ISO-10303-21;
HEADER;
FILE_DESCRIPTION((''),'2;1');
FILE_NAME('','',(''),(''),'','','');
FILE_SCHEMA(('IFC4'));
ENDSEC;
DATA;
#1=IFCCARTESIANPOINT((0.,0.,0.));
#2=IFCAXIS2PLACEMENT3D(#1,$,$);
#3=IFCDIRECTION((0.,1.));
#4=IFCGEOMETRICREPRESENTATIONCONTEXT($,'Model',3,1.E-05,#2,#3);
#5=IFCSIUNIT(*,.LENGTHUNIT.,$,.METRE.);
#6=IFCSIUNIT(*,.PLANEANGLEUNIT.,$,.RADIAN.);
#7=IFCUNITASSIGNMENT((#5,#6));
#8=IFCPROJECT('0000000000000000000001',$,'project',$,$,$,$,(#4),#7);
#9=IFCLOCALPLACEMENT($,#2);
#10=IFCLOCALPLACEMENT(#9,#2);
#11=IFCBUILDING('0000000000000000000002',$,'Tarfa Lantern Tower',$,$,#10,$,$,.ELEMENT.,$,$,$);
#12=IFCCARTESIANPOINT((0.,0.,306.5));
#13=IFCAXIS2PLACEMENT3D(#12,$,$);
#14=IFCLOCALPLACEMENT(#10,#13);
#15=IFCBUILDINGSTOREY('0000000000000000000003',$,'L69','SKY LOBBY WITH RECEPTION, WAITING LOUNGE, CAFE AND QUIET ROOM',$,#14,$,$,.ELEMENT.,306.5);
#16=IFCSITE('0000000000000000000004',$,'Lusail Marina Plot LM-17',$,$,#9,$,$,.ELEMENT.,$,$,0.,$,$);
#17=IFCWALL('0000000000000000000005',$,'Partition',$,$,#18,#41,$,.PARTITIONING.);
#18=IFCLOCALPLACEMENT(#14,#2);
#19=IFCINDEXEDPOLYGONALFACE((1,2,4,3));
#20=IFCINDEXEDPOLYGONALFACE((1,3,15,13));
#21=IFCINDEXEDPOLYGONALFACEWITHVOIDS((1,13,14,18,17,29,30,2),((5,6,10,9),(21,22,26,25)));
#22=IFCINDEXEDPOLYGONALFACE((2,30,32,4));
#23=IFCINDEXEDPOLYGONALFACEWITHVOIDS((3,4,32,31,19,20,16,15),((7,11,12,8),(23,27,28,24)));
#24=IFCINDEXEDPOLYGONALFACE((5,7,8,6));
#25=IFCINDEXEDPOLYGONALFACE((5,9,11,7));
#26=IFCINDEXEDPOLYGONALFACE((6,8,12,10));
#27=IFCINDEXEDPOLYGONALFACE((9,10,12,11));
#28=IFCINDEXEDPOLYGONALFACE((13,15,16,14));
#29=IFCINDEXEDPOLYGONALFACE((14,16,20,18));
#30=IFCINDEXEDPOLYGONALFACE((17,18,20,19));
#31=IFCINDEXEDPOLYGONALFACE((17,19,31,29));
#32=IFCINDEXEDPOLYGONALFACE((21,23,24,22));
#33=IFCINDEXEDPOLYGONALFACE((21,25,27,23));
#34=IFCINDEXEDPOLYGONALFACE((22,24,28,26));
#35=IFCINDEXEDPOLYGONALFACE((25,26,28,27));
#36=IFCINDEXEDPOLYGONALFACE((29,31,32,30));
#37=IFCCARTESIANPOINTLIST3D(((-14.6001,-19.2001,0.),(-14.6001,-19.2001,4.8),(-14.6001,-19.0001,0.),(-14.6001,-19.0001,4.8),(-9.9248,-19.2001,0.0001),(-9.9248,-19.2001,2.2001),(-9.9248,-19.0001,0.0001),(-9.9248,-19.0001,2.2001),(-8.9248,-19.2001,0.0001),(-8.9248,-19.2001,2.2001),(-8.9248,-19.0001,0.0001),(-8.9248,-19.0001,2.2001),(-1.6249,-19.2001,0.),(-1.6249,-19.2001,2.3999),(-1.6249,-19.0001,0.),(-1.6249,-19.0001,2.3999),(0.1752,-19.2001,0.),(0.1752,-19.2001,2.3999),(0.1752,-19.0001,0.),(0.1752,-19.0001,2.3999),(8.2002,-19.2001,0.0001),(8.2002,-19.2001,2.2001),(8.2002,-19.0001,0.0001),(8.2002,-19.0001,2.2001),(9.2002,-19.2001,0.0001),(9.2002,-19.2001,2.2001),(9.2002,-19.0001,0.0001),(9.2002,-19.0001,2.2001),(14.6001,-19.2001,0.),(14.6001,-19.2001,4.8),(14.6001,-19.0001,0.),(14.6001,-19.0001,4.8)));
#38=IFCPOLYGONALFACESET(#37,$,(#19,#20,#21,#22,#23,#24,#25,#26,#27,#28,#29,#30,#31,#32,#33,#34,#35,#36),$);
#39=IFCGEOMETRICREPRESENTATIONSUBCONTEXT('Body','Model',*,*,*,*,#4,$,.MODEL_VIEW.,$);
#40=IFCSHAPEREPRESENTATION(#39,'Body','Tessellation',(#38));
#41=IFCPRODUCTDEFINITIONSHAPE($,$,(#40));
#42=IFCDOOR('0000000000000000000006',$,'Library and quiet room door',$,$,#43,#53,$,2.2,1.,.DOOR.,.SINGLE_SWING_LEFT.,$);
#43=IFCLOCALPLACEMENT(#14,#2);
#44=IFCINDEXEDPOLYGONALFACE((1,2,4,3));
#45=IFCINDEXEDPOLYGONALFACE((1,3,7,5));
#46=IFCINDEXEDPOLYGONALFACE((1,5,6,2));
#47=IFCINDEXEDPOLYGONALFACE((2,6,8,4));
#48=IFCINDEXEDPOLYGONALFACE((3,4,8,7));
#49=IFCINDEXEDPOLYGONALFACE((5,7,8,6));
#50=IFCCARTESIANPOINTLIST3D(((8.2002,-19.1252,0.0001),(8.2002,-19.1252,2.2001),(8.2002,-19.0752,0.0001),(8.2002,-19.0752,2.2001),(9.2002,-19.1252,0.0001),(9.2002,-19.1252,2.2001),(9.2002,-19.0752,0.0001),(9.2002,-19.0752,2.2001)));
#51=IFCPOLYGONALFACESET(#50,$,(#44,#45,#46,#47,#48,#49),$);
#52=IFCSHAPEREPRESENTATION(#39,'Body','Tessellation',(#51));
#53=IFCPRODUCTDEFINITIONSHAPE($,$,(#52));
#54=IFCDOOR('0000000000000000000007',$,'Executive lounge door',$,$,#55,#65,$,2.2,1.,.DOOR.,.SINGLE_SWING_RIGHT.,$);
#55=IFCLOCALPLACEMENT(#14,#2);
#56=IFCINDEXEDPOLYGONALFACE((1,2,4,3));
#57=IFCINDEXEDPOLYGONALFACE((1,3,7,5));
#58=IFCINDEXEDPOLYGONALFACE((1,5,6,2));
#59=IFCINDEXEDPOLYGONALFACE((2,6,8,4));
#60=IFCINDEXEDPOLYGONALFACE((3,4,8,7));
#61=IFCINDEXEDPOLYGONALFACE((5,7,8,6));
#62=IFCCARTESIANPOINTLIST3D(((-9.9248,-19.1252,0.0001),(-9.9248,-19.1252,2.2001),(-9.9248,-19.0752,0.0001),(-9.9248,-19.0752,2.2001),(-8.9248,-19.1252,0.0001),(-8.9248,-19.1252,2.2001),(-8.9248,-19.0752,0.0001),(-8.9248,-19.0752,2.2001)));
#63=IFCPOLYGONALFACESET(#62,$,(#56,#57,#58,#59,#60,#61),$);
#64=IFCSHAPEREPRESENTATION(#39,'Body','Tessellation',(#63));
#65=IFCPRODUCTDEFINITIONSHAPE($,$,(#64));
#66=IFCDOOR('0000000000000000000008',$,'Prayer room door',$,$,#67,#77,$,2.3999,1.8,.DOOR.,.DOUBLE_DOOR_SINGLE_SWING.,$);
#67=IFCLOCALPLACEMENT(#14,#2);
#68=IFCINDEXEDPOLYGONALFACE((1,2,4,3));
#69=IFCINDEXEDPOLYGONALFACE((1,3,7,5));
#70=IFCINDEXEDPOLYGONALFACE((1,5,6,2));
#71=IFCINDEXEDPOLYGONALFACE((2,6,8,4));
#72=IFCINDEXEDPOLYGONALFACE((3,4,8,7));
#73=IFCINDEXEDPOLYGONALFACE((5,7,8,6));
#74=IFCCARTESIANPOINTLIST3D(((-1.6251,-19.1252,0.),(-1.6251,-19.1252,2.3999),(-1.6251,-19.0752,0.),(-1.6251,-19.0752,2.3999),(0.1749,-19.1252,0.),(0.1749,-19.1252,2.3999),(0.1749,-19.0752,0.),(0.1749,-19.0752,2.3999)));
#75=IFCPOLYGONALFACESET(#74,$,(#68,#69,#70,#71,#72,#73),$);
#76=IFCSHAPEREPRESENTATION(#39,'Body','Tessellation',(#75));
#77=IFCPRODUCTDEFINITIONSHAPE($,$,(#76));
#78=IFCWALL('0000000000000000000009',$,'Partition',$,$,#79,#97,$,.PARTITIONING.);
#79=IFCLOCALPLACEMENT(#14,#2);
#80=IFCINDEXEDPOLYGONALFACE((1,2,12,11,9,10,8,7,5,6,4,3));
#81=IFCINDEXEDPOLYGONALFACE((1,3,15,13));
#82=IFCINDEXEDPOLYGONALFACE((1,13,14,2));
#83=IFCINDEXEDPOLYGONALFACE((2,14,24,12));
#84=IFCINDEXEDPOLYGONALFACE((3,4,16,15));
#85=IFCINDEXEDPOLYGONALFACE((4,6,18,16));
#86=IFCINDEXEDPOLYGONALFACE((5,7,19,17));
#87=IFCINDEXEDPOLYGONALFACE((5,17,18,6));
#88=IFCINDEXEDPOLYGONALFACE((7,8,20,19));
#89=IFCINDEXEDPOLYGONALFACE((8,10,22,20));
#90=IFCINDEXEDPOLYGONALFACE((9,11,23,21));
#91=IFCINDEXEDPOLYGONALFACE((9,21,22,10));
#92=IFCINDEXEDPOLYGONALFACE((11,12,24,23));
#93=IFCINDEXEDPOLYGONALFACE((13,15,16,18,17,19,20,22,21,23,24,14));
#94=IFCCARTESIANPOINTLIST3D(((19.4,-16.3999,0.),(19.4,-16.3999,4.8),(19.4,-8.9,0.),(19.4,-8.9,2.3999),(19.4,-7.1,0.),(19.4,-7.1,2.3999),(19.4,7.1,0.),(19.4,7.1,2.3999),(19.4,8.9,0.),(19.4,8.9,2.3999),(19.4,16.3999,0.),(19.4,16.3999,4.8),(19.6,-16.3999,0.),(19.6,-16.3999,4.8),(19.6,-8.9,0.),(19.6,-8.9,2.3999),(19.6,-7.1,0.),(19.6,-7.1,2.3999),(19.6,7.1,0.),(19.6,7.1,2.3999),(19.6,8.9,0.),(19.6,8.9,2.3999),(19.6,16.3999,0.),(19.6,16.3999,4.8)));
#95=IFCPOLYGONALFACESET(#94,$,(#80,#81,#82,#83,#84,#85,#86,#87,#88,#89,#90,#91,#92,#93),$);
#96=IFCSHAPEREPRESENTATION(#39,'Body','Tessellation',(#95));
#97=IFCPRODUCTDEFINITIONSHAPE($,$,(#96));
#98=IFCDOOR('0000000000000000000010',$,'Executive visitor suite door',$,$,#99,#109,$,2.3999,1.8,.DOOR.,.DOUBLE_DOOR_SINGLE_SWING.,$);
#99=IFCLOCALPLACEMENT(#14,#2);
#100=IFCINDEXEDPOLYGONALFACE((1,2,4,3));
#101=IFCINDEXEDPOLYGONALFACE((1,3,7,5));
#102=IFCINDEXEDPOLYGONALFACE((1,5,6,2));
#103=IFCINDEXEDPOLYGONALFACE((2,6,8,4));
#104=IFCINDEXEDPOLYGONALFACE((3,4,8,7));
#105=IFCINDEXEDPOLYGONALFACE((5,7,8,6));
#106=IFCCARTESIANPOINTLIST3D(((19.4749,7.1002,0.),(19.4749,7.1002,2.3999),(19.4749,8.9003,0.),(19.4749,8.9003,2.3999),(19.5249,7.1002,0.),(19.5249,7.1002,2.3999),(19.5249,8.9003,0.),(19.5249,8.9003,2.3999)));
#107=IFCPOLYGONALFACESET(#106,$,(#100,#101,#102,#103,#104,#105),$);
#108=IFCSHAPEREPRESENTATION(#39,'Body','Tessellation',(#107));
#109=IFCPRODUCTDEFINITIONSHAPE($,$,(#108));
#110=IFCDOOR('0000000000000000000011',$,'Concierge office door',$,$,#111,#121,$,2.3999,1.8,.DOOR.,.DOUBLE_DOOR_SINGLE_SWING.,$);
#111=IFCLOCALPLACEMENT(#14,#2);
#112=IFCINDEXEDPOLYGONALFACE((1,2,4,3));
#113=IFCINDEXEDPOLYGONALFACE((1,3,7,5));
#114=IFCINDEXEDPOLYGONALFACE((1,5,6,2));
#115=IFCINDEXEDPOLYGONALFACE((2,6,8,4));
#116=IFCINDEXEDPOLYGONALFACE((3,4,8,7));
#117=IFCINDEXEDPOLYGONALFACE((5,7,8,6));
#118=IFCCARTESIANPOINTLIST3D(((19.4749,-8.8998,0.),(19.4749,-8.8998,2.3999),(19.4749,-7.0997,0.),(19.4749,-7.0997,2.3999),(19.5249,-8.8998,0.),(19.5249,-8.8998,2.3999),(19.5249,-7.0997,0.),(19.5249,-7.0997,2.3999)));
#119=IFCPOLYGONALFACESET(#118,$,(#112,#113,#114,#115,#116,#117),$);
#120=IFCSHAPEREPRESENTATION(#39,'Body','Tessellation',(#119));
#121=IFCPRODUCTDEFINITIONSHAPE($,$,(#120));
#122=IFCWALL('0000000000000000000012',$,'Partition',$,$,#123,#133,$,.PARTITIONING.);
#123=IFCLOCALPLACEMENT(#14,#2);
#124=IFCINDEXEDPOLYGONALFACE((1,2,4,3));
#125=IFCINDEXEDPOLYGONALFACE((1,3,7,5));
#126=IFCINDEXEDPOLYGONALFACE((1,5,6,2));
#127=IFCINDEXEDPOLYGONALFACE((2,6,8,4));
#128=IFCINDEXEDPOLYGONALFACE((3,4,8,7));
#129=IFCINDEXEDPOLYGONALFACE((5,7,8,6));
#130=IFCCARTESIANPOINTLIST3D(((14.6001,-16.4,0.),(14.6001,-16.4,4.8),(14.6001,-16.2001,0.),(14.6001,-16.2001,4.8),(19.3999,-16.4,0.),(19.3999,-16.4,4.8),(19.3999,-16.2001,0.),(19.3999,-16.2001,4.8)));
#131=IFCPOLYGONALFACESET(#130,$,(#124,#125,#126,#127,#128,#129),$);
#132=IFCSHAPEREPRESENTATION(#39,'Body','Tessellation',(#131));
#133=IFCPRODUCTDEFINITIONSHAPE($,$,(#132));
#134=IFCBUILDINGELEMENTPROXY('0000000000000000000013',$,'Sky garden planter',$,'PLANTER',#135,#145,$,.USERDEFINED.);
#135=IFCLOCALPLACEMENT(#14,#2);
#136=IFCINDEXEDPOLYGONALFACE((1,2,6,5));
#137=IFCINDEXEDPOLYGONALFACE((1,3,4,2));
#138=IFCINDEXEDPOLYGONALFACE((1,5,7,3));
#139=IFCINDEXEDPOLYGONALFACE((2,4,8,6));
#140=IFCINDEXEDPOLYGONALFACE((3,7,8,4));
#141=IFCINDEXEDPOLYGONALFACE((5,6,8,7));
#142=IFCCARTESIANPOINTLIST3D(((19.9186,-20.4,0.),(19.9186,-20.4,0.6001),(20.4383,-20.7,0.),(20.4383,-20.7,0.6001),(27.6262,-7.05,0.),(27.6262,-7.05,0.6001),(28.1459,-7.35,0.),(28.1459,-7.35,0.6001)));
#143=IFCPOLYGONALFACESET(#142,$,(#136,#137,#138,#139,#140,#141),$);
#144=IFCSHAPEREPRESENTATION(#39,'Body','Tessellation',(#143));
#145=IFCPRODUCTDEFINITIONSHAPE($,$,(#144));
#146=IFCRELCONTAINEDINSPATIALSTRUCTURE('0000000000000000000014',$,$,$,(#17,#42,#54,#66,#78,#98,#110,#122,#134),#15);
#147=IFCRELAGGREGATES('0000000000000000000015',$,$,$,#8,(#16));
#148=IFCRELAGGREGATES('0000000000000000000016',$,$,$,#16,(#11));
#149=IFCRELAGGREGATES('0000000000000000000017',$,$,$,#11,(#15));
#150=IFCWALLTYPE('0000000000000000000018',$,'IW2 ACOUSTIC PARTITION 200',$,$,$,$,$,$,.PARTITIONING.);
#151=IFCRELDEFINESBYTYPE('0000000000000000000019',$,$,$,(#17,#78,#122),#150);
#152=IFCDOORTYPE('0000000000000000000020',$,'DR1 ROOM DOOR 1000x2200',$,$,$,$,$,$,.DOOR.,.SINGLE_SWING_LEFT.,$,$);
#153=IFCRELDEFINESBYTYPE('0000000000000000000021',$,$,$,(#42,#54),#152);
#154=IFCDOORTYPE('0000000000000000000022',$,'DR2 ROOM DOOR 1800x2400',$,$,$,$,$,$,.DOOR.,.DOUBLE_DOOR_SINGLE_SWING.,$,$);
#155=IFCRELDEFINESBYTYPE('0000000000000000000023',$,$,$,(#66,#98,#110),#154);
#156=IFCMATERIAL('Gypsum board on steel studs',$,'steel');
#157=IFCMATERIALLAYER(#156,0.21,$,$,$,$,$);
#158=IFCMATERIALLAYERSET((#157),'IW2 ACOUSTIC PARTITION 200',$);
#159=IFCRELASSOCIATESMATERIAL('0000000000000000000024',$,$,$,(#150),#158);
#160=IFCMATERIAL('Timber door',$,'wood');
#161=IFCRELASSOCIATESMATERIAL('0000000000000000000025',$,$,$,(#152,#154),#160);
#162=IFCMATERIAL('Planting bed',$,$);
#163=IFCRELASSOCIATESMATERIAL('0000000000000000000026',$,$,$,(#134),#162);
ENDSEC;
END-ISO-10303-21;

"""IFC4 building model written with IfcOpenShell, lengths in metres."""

from ifc_helpers import new_model, si_unit, direction, frame, frame_2d, origin, origin_2d, place, context, subcontext, project, spatial, rectangle, extrude, material, layer, layer_set, type_object, element, fill, save


model = new_model("IFC4")

# Units and contexts
model_context = context("Model", 3, precision=1e-05, world=origin(), true_north=direction((0.0, 1.0)))
body_context = subcontext(model_context, "Body", "Model", "MODEL_VIEW")
ifc_project = project(units=[si_unit("LENGTHUNIT", "METRE"), si_unit("PLANEANGLEUNIT", "RADIAN")], contexts=[model_context])

# Site, building, storey
site_placement = place(None, origin())
site = spatial("IfcSite", under=ifc_project, at=site_placement, Name="Lusail Marina Plot LM-17", CompositionType="ELEMENT", RefElevation=0.0)
building_placement = place(site_placement, origin())
building = spatial("IfcBuilding", under=site, at=building_placement, Name="Tarfa Lantern Tower", CompositionType="ELEMENT")
storey_placement = place(building_placement, frame((0.0, 0.0, 306.5)))
storey = spatial("IfcBuildingStorey", under=building, at=storey_placement, Name="L69", Description="SKY LOBBY WITH RECEPTION, WAITING LOUNGE, CAFE AND QUIET ROOM", CompositionType="ELEMENT", Elevation=306.5)

# Shared definitions
ifc_material_1 = material(Name="Gypsum board on steel studs", Category="steel")
ifc_layer = layer(ifc_material_1, 0.21)
ifc_layer_set = layer_set([ifc_layer], Name="IW2 ACOUSTIC PARTITION 200")
wall_type = type_object("IfcWallType", Name="IW2 ACOUSTIC PARTITION 200", PredefinedType="PARTITIONING", material=ifc_layer_set)
ifc_material_2 = material(Name="Timber door", Category="wood")
door_type_1 = type_object("IfcDoorType", Name="DR1 ROOM DOOR 1000x2200", OperationType="SINGLE_SWING_LEFT", PredefinedType="DOOR", material=ifc_material_2)
door_type_2 = type_object("IfcDoorType", Name="DR2 ROOM DOOR 1800x2400", OperationType="DOUBLE_DOOR_SINGLE_SWING", PredefinedType="DOOR", material=ifc_material_2)

# Walls, openings, doors
wall_1_placement = place(storey_placement, frame((14.6001, -19.1001, 0.0), z_axis=(0.0, 0.0, 1.0), x_axis=(-1.0, 0.0, 0.0)))
wall_1 = element("IfcWall", 1, at=wall_1_placement, inside=storey, type_object=wall_type, Name="Partition", PredefinedType="PARTITIONING", context=body_context, shape_type="SweptSolid", body=[
    extrude(rectangle(XDim=29.2002, YDim=0.2, at=frame_2d((14.6001, 0.0))), origin(), (0.0, 0.0, 1.0), 4.8),
])
opening_1_placement = place(wall_1_placement, frame((5.3999, 0.0, 0.0)))
opening_1 = element("IfcOpeningElement", 2, at=opening_1_placement, cuts=wall_1, PredefinedType="OPENING", context=body_context, shape_type="SweptSolid", body=[
    extrude(rectangle(XDim=1.0, YDim=2.2, at=frame_2d((0.5, 1.1001))), frame((0.0, 0.1099, 0.0), z_axis=(0.0, -1.0, 0.0), x_axis=(1.0, 0.0, 0.0)), (0.0, 0.0, 1.0), 0.22),
])
opening_2_placement = place(wall_1_placement, frame((14.425, 0.0, 0.0)))
opening_2 = element("IfcOpeningElement", 3, at=opening_2_placement, cuts=wall_1, PredefinedType="OPENING", context=body_context, shape_type="SweptSolid", body=[
    extrude(rectangle(XDim=1.8, YDim=2.3999, at=frame_2d((0.8999, 1.2))), frame((0.0, 0.1099, 0.0), z_axis=(0.0, -1.0, 0.0), x_axis=(1.0, 0.0, 0.0)), (0.0, 0.0, 1.0), 0.22),
])
opening_3_placement = place(wall_1_placement, frame((23.5249, 0.0, 0.0)))
opening_3 = element("IfcOpeningElement", 4, at=opening_3_placement, cuts=wall_1, PredefinedType="OPENING", context=body_context, shape_type="SweptSolid", body=[
    extrude(rectangle(XDim=1.0, YDim=2.2, at=frame_2d((0.5, 1.1001))), frame((0.0, 0.1099, 0.0), z_axis=(0.0, -1.0, 0.0), x_axis=(1.0, 0.0, 0.0)), (0.0, 0.0, 1.0), 0.22),
])
door_1_placement = place(opening_1_placement, frame((1.0, 0.0, 0.0), z_axis=(0.0, 0.0, 1.0), x_axis=(-1.0, 0.0, 0.0)))
door_1 = element("IfcDoor", 5, at=door_1_placement, inside=storey, type_object=door_type_1, Name="Library and quiet room door", OperationType="SINGLE_SWING_LEFT", OverallHeight=2.2, OverallWidth=1.0, PredefinedType="DOOR", context=body_context, shape_type="SweptSolid", body=[
    extrude(rectangle(XDim=1.0, YDim=2.2, at=frame_2d((0.5, 1.1001))), frame((0.0, 0.0249, 0.0), z_axis=(0.0, -1.0, 0.0), x_axis=(1.0, 0.0, 0.0)), (0.0, 0.0, 1.0), 0.05),
])
fill(opening_1, door_1)
door_2_placement = place(opening_3_placement, frame((1.0, 0.0, 0.0), z_axis=(0.0, 0.0, 1.0), x_axis=(-1.0, 0.0, 0.0)))
door_2 = element("IfcDoor", 6, at=door_2_placement, inside=storey, type_object=door_type_1, Name="Executive lounge door", OperationType="SINGLE_SWING_RIGHT", OverallHeight=2.2, OverallWidth=1.0, PredefinedType="DOOR", context=body_context, shape_type="SweptSolid", body=[
    extrude(rectangle(XDim=1.0, YDim=2.2, at=frame_2d((0.5, 1.1001))), frame((0.0, 0.0249, 0.0), z_axis=(0.0, -1.0, 0.0), x_axis=(1.0, 0.0, 0.0)), (0.0, 0.0, 1.0), 0.05),
])
fill(opening_3, door_2)
door_3_placement = place(opening_2_placement, frame((1.8, 0.0, 0.0), z_axis=(0.0, 0.0, 1.0), x_axis=(-1.0, 0.0, 0.0)))
door_3 = element("IfcDoor", 7, at=door_3_placement, inside=storey, type_object=door_type_2, Name="Prayer room door", OperationType="DOUBLE_DOOR_SINGLE_SWING", OverallHeight=2.3999, OverallWidth=1.8, PredefinedType="DOOR", context=body_context, shape_type="SweptSolid", body=[
    extrude(rectangle(XDim=1.8, YDim=2.3999, at=frame_2d((0.8999, 1.2))), frame((0.0, 0.0249, 0.0), z_axis=(0.0, -1.0, 0.0), x_axis=(1.0, 0.0, 0.0)), (0.0, 0.0, 1.0), 0.05),
])
fill(opening_2, door_3)
wall_2_placement = place(storey_placement, frame((19.5, -16.3999, 0.0), z_axis=(0.0, 0.0, 1.0), x_axis=(0.0, 1.0, 0.0)))
wall_2 = element("IfcWall", 8, at=wall_2_placement, inside=storey, type_object=wall_type, Name="Partition", PredefinedType="PARTITIONING", context=body_context, shape_type="SweptSolid", body=[
    extrude(rectangle(XDim=32.7998, YDim=0.2, at=frame_2d((16.3999, 0.0))), origin(), (0.0, 0.0, 1.0), 4.8),
])
opening_4_placement = place(wall_2_placement, frame((23.5, 0.0, 0.0)))
opening_4 = element("IfcOpeningElement", 9, at=opening_4_placement, cuts=wall_2, PredefinedType="OPENING", context=body_context, shape_type="SweptSolid", body=[
    extrude(rectangle(XDim=1.8, YDim=2.3999, at=frame_2d((0.8999, 1.2))), frame((0.0, 0.1099, 0.0), z_axis=(0.0, -1.0, 0.0), x_axis=(1.0, 0.0, 0.0)), (0.0, 0.0, 1.0), 0.22),
])
opening_5_placement = place(wall_2_placement, frame((7.5, 0.0, 0.0)))
opening_5 = element("IfcOpeningElement", 10, at=opening_5_placement, cuts=wall_2, PredefinedType="OPENING", context=body_context, shape_type="SweptSolid", body=[
    extrude(rectangle(XDim=1.8, YDim=2.3999, at=frame_2d((0.8999, 1.2))), frame((0.0, 0.1099, 0.0), z_axis=(0.0, -1.0, 0.0), x_axis=(1.0, 0.0, 0.0)), (0.0, 0.0, 1.0), 0.22),
])
door_4_placement = place(opening_4_placement, frame((1.8, 0.0, 0.0), z_axis=(0.0, 0.0, 1.0), x_axis=(-1.0, 0.0, 0.0)))
door_4 = element("IfcDoor", 11, at=door_4_placement, inside=storey, type_object=door_type_2, Name="Executive visitor suite door", OperationType="DOUBLE_DOOR_SINGLE_SWING", OverallHeight=2.3999, OverallWidth=1.8, PredefinedType="DOOR", context=body_context, shape_type="SweptSolid", body=[
    extrude(rectangle(XDim=1.8, YDim=2.3999, at=frame_2d((0.8999, 1.2))), frame((0.0, 0.0249, 0.0), z_axis=(0.0, -1.0, 0.0), x_axis=(1.0, 0.0, 0.0)), (0.0, 0.0, 1.0), 0.05),
])
fill(opening_4, door_4)
door_5_placement = place(opening_5_placement, frame((1.8, 0.0, 0.0), z_axis=(0.0, 0.0, 1.0), x_axis=(-1.0, 0.0, 0.0)))
door_5 = element("IfcDoor", 12, at=door_5_placement, inside=storey, type_object=door_type_2, Name="Concierge office door", OperationType="DOUBLE_DOOR_SINGLE_SWING", OverallHeight=2.3999, OverallWidth=1.8, PredefinedType="DOOR", context=body_context, shape_type="SweptSolid", body=[
    extrude(rectangle(XDim=1.8, YDim=2.3999, at=frame_2d((0.8999, 1.2))), frame((0.0, 0.0249, 0.0), z_axis=(0.0, -1.0, 0.0), x_axis=(1.0, 0.0, 0.0)), (0.0, 0.0, 1.0), 0.05),
])
fill(opening_5, door_5)

# Wall
wall_3_placement = place(storey_placement, frame((14.6001, -16.3, 0.0), z_axis=(0.0, 0.0, 1.0), x_axis=(1.0, 0.0, 0.0)))
element("IfcWall", 13, at=wall_3_placement, inside=storey, type_object=wall_type, Name="Partition", PredefinedType="PARTITIONING", context=body_context, shape_type="SweptSolid", body=[
    extrude(rectangle(XDim=4.7998, YDim=0.2, at=frame_2d((2.3999, 0.0))), origin(), (0.0, 0.0, 1.0), 4.8),
])

# Building element proxy
ifc_material_3 = material(Name="Planting bed")
proxy_placement = place(storey_placement, frame((24.0322, -13.875, 0.0), z_axis=(0.0, 0.0, 1.0), x_axis=(0.5, 0.866025, 0.0)))
element("IfcBuildingElementProxy", 14, at=proxy_placement, inside=storey, material=ifc_material_3, Name="Sky garden planter", ObjectType="PLANTER", PredefinedType="USERDEFINED", context=body_context, shape_type="SweptSolid", body=[
    extrude(rectangle(XDim=15.4153, YDim=0.6001, at=origin_2d()), origin(), (0.0, 0.0, 1.0), 0.6001),
])

save(model, "model.ifc")
